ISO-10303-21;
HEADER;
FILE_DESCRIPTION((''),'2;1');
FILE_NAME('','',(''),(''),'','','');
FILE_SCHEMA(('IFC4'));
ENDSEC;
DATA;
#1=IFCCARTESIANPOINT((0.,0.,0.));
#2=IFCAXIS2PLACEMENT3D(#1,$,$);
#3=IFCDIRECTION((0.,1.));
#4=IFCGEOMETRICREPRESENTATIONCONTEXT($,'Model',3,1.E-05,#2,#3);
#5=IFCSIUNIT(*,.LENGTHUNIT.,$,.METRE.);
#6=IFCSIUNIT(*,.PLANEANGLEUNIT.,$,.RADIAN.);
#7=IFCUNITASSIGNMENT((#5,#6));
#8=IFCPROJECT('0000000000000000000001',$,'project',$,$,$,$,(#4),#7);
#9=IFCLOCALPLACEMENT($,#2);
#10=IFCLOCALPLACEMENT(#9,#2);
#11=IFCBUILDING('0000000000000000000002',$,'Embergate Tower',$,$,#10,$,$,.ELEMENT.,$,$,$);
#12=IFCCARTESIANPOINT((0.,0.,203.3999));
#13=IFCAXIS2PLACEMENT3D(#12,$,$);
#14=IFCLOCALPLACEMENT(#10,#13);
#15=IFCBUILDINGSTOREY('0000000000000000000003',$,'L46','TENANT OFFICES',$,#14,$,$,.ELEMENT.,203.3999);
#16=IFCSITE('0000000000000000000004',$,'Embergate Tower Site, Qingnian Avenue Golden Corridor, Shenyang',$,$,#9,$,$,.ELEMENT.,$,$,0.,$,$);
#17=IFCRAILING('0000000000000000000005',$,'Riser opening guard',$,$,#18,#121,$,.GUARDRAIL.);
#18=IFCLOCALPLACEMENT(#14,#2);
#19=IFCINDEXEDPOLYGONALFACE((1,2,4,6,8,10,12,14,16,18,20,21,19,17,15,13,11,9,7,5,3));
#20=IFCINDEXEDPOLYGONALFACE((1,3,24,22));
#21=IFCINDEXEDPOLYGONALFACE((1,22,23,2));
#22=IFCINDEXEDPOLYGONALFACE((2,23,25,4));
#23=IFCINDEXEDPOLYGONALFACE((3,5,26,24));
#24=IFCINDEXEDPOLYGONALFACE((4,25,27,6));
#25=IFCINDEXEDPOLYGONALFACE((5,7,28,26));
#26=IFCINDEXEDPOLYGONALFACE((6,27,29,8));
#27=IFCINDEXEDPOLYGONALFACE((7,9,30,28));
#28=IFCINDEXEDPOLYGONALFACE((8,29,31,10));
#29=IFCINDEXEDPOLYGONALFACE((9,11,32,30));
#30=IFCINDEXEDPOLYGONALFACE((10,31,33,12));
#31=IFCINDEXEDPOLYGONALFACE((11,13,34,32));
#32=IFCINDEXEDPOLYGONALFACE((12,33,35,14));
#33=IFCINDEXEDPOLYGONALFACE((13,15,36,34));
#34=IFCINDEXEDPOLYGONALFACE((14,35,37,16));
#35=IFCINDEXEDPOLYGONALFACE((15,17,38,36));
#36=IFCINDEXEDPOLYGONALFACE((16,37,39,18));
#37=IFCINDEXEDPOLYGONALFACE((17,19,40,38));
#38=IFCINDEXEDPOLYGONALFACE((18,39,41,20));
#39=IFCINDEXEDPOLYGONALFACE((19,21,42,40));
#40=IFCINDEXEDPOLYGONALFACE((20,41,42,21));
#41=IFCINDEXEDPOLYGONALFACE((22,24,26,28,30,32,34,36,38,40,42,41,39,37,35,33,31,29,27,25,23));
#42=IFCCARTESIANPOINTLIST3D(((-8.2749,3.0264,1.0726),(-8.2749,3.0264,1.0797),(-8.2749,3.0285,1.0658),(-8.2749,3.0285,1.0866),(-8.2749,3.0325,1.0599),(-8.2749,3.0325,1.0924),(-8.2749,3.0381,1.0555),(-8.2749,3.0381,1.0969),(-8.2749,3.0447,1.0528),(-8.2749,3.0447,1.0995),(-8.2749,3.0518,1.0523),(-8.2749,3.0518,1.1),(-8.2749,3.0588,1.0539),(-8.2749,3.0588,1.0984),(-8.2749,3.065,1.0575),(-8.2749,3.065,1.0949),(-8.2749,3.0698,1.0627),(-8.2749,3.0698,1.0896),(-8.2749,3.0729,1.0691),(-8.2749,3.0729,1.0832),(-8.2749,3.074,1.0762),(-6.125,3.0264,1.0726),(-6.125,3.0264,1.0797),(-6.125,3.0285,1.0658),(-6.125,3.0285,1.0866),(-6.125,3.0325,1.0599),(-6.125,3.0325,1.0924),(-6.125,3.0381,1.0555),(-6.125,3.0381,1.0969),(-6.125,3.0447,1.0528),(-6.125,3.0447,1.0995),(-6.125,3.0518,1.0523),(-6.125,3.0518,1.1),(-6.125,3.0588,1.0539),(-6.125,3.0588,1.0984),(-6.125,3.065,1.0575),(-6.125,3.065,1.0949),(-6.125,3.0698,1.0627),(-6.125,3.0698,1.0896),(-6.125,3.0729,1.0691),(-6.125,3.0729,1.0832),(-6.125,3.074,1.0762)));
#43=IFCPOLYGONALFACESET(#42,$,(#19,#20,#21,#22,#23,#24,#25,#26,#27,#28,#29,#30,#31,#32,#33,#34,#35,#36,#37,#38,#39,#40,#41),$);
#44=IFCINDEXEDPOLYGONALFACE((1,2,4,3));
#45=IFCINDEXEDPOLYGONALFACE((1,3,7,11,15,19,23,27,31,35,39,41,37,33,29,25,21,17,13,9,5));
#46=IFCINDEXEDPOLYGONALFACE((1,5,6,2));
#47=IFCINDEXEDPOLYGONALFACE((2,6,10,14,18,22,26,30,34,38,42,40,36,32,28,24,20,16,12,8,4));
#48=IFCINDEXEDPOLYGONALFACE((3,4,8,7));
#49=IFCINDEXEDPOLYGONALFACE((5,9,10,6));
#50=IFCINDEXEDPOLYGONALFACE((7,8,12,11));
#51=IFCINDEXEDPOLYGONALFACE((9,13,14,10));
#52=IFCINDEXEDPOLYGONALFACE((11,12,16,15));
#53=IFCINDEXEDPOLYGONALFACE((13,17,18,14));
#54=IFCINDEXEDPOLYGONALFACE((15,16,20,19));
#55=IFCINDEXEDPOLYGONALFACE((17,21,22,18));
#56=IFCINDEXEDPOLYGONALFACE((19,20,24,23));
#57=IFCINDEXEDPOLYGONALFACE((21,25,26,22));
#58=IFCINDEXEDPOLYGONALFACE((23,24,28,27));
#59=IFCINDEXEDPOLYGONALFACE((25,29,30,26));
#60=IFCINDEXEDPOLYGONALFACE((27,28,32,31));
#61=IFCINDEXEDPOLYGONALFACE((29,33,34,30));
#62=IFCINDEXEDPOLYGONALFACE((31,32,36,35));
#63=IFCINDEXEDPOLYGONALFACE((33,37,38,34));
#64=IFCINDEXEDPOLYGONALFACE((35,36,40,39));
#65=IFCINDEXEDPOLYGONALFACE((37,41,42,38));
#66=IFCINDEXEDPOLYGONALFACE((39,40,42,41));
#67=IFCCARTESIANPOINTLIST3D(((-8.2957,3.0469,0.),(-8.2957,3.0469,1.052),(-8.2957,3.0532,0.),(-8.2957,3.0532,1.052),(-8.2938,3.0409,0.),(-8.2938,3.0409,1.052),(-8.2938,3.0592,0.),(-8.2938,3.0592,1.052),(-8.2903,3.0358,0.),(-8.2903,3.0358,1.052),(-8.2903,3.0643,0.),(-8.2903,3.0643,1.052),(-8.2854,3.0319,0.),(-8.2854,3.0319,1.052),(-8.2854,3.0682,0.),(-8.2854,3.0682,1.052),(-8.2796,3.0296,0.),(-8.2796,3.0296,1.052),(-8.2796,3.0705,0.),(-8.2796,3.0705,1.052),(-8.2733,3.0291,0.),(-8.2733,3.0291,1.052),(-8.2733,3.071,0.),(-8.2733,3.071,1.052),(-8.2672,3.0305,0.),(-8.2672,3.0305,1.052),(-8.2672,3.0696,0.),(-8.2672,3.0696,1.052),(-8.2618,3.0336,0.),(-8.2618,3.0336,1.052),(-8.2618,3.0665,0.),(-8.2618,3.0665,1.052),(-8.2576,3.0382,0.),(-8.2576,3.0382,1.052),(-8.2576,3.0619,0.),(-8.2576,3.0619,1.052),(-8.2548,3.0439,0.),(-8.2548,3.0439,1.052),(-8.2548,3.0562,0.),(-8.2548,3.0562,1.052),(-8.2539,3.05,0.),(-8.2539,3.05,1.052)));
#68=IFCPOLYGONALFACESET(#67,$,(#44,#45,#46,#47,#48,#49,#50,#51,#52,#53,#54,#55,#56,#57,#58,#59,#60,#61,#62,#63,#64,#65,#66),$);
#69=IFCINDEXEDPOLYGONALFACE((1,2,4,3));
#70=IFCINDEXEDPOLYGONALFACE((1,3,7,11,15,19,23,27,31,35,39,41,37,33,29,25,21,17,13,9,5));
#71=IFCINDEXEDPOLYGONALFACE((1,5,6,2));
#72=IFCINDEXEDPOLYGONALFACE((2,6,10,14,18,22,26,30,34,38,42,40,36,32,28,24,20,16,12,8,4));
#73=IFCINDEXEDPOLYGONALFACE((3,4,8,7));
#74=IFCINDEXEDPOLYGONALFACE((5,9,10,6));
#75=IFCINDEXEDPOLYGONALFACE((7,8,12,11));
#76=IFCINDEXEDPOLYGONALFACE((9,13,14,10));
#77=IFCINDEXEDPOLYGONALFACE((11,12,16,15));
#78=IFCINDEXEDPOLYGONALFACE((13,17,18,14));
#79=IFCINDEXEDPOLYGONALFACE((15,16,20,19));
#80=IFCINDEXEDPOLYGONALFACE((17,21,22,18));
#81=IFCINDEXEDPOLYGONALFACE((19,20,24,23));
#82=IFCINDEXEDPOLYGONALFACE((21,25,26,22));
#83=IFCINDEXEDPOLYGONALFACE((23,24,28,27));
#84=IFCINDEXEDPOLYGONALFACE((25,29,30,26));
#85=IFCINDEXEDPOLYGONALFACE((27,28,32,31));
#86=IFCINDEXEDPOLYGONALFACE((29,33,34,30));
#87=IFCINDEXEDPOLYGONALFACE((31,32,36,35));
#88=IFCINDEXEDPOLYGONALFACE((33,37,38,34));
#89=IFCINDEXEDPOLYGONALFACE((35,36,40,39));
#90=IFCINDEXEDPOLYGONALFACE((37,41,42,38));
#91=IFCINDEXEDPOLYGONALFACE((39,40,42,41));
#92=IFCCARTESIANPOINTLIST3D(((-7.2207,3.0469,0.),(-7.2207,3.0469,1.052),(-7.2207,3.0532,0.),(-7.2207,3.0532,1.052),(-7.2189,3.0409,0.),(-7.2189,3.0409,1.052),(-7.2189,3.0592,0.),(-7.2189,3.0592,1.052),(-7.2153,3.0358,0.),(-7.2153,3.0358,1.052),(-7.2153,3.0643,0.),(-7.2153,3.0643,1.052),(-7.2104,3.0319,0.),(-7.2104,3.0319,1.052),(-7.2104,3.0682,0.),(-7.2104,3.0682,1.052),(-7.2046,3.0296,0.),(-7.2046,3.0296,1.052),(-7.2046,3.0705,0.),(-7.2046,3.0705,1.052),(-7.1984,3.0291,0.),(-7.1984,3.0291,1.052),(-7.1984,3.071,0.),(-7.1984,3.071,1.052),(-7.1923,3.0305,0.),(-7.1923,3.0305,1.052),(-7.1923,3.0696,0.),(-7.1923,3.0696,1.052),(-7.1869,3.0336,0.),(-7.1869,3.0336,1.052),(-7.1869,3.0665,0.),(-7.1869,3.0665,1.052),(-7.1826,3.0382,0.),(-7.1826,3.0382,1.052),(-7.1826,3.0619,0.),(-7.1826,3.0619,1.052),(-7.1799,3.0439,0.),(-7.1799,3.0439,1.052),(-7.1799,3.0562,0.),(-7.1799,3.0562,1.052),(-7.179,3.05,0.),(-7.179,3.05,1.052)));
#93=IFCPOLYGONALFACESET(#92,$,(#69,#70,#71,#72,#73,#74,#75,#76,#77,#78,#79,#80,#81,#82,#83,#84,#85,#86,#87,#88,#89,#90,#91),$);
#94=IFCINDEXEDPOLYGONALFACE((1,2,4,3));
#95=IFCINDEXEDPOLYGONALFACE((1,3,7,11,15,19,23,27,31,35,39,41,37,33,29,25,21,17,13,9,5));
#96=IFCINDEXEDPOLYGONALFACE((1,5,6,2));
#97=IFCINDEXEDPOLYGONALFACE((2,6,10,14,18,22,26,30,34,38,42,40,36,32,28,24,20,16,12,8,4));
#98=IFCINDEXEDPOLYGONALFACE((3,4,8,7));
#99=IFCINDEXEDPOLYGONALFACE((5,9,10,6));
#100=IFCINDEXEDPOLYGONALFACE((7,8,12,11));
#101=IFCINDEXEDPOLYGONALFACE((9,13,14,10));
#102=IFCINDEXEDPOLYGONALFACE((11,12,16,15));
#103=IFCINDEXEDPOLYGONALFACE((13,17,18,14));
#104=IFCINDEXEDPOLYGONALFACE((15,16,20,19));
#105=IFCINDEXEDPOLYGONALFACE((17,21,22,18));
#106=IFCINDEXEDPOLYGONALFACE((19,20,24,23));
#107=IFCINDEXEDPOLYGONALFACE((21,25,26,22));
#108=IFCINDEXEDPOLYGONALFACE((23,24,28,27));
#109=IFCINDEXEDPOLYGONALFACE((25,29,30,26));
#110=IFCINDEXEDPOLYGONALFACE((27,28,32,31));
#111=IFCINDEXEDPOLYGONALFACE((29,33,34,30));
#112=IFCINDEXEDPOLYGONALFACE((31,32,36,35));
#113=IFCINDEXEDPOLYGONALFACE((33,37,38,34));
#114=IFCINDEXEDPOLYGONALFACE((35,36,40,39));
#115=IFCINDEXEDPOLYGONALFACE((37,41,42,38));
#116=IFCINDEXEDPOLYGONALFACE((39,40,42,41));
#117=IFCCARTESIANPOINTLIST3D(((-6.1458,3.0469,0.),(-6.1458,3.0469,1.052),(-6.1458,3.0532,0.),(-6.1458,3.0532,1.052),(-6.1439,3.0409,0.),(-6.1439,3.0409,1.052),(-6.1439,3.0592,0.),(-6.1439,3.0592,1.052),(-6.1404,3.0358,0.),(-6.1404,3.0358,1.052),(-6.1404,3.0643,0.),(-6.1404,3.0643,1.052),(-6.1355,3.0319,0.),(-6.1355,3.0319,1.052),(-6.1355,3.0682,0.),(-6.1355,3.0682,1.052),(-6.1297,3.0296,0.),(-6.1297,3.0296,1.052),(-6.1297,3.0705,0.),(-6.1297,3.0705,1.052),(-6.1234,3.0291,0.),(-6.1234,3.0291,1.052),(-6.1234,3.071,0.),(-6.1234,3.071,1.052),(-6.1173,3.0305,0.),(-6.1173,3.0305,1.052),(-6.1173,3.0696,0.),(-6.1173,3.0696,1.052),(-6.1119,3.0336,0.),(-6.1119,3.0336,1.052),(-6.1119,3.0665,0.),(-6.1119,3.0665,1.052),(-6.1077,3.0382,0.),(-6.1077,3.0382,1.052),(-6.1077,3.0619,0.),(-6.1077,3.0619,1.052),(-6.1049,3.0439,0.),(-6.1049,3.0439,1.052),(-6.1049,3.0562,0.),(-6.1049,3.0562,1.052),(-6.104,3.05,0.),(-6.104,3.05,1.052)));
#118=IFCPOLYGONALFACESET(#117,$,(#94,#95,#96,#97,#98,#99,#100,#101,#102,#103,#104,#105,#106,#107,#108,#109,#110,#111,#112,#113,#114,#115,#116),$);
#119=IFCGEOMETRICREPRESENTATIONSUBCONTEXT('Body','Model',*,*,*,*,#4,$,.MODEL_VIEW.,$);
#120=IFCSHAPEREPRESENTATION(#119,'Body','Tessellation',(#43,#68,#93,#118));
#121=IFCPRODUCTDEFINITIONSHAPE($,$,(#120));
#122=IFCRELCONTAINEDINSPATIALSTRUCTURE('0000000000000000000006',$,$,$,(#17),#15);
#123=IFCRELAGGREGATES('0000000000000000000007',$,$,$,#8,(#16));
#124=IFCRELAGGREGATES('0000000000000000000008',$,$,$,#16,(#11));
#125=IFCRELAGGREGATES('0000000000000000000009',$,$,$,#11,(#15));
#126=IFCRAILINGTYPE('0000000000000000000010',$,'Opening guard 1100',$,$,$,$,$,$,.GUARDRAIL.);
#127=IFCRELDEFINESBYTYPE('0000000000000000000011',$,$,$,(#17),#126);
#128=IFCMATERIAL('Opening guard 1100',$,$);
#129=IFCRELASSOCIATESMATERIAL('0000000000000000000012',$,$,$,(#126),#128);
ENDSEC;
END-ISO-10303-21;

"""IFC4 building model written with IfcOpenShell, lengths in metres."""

from ifc_helpers import new_model, si_unit, direction, frame, origin, origin_2d, place, context, subcontext, project, spatial, circle, extrude, source, transform, mapped, material, type_object, element, save


model = new_model("IFC4")

# Units and contexts
model_context = context("Model", 3, precision=1e-05, world=origin(), true_north=direction((0.0, 1.0)))
body_context = subcontext(model_context, "Body", "Model", "MODEL_VIEW")
ifc_project = project(units=[si_unit("LENGTHUNIT", "METRE"), si_unit("PLANEANGLEUNIT", "RADIAN")], contexts=[model_context])

# Site, building, storey
site_placement = place(None, origin())
site = spatial("IfcSite", under=ifc_project, at=site_placement, Name="Embergate Tower Site, Qingnian Avenue Golden Corridor, Shenyang", CompositionType="ELEMENT", RefElevation=0.0)
building_placement = place(site_placement, origin())
building = spatial("IfcBuilding", under=site, at=building_placement, Name="Embergate Tower", CompositionType="ELEMENT")
storey_placement = place(building_placement, frame((0.0, 0.0, 203.3999)))
storey = spatial("IfcBuildingStorey", under=building, at=storey_placement, Name="L46", Description="TENANT OFFICES", CompositionType="ELEMENT", Elevation=203.3999)

# Railing
ifc_material_1 = material(Name="Opening guard 1100")
railing_type = type_object("IfcRailingType", Name="Opening guard 1100", PredefinedType="GUARDRAIL", material=ifc_material_1)
shared_shape_1 = source(origin(), body_context, "Body", "SweptSolid", [
    extrude(circle(Radius=0.0239, at=origin_2d()), frame((0.0, 0.0, 1.0762), z_axis=(1.0, 0.0, 0.0), x_axis=(0.0, 1.0, 0.0)), (0.0, 0.0, 1.0), 2.1499),
    extrude(circle(Radius=0.021, at=origin_2d()), origin(), (0.0, 0.0, 1.0), 1.052),
    extrude(circle(Radius=0.021, at=origin_2d()), frame((1.075, 0.0, 0.0)), (0.0, 0.0, 1.0), 1.052),
    extrude(circle(Radius=0.021, at=origin_2d()), frame((2.1499, 0.0, 0.0)), (0.0, 0.0, 1.0), 1.052),
])
railing_placement = place(storey_placement, frame((-8.2749, 3.05, 0.0)))
element("IfcRailing", 1, at=railing_placement, inside=storey, type_object=railing_type, Name="Riser opening guard", PredefinedType="GUARDRAIL", context=body_context, shape_type="MappedRepresentation", body=[
    mapped(shared_shape_1, transform((0.0, 0.0, 0.0))),
])

save(model, "model.ifc")
